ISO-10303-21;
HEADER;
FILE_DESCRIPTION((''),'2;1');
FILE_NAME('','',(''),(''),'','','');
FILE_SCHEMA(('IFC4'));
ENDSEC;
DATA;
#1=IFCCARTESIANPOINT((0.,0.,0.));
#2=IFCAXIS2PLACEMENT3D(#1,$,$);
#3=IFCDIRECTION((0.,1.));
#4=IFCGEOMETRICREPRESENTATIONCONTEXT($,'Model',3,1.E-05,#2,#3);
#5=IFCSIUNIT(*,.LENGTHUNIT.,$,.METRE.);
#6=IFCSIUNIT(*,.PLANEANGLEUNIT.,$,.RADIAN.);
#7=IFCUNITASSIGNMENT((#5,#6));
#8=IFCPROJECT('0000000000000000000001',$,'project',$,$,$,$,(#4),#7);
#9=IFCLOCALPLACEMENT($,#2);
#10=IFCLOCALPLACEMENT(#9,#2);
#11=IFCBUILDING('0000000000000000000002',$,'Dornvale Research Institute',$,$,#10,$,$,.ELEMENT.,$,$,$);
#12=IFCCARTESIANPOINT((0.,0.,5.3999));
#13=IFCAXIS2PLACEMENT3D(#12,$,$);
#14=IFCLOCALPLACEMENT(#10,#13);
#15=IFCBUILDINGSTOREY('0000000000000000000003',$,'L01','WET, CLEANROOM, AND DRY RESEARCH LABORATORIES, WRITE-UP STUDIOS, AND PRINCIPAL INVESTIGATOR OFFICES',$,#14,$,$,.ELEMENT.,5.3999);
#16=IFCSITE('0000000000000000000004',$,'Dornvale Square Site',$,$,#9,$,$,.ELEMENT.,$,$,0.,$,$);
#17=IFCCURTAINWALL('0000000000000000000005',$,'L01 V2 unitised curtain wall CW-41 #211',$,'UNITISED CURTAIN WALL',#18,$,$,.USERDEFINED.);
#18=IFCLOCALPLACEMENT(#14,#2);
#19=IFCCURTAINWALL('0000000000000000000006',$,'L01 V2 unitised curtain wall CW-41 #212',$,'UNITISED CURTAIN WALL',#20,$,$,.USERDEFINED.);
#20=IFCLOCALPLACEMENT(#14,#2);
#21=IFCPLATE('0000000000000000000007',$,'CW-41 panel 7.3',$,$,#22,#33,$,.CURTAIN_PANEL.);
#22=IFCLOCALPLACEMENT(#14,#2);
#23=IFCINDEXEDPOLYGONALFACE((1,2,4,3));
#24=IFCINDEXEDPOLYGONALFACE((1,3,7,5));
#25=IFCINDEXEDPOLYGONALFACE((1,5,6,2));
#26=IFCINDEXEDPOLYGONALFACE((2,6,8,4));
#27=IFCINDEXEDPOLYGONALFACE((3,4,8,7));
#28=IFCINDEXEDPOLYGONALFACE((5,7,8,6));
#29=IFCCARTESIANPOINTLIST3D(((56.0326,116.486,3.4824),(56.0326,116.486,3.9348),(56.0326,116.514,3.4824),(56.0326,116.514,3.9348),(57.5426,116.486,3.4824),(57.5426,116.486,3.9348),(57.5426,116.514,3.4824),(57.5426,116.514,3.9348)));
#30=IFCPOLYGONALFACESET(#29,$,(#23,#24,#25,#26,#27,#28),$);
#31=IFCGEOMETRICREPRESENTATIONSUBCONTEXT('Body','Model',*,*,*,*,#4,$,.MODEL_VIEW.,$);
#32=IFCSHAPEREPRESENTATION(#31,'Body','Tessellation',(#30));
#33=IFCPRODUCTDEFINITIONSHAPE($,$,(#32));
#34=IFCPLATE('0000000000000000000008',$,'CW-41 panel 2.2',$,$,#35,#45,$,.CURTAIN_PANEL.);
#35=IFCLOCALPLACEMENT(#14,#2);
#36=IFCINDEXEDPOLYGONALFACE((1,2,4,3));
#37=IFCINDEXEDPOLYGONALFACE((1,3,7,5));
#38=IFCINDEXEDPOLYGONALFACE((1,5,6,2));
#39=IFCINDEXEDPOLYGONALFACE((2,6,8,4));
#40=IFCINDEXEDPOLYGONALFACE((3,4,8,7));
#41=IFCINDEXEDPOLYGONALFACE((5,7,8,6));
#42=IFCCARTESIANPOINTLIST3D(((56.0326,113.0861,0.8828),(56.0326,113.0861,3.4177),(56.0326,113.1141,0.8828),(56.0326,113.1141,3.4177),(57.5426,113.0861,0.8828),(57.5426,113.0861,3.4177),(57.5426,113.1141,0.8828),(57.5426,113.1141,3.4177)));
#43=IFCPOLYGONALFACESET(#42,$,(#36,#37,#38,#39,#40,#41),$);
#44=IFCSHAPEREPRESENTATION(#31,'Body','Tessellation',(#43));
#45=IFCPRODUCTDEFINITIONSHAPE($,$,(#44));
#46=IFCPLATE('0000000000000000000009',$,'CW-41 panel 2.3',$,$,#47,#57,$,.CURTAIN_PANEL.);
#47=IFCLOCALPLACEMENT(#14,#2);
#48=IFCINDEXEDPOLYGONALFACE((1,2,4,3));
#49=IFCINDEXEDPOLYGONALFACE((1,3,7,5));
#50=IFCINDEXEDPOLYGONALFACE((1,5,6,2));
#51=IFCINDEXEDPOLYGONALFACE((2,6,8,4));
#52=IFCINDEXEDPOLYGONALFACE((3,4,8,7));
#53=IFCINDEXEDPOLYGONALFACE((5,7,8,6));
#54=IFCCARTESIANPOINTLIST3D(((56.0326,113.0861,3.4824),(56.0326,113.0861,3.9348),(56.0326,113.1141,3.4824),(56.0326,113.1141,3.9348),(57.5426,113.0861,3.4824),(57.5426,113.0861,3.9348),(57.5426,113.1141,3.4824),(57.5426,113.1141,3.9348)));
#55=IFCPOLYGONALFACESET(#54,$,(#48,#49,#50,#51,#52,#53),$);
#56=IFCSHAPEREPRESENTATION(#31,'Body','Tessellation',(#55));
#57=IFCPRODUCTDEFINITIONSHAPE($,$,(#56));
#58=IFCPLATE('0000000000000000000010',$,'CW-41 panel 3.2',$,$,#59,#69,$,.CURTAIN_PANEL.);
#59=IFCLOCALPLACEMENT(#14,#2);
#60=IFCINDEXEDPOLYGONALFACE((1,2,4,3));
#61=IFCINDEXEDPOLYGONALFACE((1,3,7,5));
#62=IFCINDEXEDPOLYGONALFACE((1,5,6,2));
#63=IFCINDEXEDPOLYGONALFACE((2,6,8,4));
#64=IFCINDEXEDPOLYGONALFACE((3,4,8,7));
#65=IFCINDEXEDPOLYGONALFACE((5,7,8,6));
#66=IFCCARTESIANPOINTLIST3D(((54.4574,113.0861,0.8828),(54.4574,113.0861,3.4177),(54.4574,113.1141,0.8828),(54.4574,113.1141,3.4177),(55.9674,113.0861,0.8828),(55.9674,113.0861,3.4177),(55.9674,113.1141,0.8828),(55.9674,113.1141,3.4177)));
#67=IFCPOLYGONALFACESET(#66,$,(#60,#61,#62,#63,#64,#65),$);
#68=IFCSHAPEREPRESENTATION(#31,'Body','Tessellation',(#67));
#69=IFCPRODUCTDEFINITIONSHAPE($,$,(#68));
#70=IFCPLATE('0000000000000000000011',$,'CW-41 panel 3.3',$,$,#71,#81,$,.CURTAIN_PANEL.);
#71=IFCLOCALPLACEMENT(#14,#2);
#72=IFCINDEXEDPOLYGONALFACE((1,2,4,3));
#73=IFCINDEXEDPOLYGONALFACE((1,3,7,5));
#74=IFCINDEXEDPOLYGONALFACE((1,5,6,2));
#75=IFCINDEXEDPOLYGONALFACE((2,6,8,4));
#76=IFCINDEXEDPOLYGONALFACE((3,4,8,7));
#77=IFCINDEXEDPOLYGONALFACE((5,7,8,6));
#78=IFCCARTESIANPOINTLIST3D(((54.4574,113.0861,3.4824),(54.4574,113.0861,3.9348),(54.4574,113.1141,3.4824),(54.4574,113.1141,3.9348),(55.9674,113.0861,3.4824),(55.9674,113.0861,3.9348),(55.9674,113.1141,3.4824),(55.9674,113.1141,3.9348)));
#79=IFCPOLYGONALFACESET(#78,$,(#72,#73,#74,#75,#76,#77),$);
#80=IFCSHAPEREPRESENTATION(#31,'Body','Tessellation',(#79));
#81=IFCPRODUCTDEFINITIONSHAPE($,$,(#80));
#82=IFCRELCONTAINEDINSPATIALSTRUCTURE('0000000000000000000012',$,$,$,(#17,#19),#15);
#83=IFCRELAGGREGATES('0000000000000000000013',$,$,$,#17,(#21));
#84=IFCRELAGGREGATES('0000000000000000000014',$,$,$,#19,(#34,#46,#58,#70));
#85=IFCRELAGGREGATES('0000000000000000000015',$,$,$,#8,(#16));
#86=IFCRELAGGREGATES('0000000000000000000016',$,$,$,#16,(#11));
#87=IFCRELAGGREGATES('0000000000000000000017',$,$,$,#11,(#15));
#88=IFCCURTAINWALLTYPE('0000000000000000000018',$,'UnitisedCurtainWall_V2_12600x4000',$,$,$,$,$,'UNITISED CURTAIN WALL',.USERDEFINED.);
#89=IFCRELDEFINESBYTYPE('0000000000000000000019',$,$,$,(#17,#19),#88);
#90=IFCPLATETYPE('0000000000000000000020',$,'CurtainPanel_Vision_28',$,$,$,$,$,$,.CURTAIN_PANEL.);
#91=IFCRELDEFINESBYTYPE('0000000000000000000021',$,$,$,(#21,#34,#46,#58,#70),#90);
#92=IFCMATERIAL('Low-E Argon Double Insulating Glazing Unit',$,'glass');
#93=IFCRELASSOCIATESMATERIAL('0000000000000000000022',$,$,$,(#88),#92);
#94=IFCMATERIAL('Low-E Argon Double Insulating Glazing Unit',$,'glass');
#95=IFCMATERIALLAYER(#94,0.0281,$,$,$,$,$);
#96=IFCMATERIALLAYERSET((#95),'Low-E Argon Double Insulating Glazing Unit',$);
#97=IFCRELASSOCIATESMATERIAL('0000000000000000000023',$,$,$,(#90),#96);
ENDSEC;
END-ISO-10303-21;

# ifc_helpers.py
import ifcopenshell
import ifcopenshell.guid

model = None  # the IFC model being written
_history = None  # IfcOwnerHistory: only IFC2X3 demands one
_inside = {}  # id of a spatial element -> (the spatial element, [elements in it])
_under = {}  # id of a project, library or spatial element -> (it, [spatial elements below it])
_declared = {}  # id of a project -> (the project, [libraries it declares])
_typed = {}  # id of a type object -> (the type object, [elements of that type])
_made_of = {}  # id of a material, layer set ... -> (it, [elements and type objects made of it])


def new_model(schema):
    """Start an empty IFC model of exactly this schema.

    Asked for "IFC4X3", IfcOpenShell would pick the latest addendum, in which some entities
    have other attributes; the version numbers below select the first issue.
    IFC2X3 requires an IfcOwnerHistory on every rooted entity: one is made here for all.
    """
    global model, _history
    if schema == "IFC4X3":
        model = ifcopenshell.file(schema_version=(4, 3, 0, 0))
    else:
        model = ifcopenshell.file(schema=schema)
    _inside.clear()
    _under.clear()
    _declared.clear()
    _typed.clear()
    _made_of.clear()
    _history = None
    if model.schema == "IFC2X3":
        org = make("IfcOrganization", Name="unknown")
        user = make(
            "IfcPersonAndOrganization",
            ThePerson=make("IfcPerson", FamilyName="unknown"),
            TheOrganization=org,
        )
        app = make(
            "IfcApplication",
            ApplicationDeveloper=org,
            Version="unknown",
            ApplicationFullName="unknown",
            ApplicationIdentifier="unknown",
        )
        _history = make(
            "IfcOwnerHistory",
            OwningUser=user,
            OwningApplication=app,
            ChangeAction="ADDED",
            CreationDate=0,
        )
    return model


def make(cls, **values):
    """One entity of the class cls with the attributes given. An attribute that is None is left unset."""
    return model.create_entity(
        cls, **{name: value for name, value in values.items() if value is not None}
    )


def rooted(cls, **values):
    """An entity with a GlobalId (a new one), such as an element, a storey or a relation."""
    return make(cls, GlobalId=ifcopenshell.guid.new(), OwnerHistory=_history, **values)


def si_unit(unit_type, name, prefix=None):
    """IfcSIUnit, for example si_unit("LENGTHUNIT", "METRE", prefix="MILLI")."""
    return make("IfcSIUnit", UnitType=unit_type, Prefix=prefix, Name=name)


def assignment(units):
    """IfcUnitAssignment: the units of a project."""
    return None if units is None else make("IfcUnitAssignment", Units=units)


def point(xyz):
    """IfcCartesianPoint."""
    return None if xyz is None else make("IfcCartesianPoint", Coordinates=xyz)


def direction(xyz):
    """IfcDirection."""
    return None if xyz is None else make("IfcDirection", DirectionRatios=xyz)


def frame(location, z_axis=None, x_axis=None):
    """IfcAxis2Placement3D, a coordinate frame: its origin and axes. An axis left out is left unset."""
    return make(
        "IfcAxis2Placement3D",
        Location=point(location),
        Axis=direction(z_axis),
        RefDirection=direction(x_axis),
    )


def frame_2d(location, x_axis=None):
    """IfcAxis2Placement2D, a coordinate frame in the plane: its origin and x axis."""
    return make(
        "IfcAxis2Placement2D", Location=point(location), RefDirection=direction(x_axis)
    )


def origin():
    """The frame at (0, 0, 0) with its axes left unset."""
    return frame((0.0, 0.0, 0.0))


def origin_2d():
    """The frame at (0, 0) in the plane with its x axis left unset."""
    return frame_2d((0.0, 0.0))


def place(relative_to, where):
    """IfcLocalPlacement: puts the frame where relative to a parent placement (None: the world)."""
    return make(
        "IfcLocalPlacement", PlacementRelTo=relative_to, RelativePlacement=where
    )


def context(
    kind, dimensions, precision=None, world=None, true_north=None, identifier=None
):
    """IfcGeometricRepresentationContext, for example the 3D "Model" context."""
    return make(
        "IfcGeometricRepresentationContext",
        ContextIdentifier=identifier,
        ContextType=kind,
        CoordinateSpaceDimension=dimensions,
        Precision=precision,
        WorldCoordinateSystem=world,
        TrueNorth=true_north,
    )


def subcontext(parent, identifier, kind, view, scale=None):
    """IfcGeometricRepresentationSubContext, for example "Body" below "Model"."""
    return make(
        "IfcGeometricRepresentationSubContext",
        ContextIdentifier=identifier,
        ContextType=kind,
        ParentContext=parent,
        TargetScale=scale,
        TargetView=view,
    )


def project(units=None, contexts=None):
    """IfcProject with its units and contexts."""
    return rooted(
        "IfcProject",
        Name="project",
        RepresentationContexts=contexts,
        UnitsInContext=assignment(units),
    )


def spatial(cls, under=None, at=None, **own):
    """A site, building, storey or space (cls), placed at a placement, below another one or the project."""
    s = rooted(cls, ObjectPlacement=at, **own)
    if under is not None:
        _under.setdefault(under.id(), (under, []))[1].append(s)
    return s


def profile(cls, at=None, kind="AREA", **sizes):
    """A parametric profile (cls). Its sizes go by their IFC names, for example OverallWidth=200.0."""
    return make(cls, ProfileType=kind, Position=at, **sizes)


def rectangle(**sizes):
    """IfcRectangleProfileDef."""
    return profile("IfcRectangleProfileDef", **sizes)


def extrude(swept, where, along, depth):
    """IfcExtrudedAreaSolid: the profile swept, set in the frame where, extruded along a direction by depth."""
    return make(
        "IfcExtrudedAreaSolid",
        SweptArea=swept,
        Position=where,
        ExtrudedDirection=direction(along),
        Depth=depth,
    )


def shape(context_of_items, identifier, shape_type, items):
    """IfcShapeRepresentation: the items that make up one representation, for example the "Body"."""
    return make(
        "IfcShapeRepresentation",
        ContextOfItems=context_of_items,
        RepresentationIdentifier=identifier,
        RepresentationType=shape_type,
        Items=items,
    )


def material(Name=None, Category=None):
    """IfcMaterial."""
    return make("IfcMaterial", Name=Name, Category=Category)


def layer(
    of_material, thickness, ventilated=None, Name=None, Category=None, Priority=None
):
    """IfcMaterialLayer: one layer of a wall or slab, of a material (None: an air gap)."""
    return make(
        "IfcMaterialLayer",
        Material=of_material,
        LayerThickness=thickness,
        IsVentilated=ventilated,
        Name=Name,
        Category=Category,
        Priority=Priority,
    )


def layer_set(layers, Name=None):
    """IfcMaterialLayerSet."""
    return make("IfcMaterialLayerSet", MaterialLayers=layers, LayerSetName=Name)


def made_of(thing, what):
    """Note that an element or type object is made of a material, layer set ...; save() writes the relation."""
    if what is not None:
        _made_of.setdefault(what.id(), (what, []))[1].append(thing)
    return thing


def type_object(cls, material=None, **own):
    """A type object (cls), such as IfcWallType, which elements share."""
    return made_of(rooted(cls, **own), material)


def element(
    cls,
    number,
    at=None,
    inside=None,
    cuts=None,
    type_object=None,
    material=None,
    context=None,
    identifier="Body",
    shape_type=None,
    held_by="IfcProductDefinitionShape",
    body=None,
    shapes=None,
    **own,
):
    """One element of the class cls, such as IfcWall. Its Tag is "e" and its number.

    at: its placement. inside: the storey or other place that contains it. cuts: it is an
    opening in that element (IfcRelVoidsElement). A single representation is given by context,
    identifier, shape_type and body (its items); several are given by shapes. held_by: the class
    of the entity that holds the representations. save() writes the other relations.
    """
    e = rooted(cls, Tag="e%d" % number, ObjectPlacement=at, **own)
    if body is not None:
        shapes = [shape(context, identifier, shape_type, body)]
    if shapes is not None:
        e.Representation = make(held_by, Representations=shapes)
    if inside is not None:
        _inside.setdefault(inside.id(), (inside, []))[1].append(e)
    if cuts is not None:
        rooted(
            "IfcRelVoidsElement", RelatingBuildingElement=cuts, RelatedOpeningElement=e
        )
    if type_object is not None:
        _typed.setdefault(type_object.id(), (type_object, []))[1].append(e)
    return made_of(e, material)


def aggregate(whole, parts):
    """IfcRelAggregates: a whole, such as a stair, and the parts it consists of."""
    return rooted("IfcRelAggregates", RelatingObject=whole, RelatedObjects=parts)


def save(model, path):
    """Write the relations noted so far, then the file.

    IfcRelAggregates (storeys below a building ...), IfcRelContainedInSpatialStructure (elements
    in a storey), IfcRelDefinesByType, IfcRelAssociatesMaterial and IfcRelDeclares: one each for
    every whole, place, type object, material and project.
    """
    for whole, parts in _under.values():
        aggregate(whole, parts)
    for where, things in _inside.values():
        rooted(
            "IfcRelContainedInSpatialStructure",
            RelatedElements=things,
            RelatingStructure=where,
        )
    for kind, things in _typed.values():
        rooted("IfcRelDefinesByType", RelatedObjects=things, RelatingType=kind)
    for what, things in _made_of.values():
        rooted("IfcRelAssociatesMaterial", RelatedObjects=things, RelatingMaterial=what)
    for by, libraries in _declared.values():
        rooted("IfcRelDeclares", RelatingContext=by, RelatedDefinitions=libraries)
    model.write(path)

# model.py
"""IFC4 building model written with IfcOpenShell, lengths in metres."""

from ifc_helpers import new_model, si_unit, direction, frame, origin, origin_2d, place, context, subcontext, project, spatial, rectangle, extrude, material, layer, layer_set, type_object, element, aggregate, save


model = new_model("IFC4")

# Units and contexts
model_context = context("Model", 3, precision=1e-05, world=origin(), true_north=direction((0.0, 1.0)))
body_context = subcontext(model_context, "Body", "Model", "MODEL_VIEW")
ifc_project = project(units=[si_unit("LENGTHUNIT", "METRE"), si_unit("PLANEANGLEUNIT", "RADIAN")], contexts=[model_context])

# Site, building, storey
site_placement = place(None, origin())
site = spatial("IfcSite", under=ifc_project, at=site_placement, Name="Dornvale Square Site", CompositionType="ELEMENT", RefElevation=0.0)
building_placement = place(site_placement, origin())
building = spatial("IfcBuilding", under=site, at=building_placement, Name="Dornvale Research Institute", CompositionType="ELEMENT")
storey_placement = place(building_placement, frame((0.0, 0.0, 5.3999)))
storey = spatial("IfcBuildingStorey", under=building, at=storey_placement, Name="L01", Description="WET, CLEANROOM, AND DRY RESEARCH LABORATORIES, WRITE-UP STUDIOS, AND PRINCIPAL INVESTIGATOR OFFICES", CompositionType="ELEMENT", Elevation=5.3999)

# Curtain walls
ifc_material_1 = material(Name="Low-E Argon Double Insulating Glazing Unit", Category="glass")
curtain_wall_type = type_object("IfcCurtainWallType", Name="UnitisedCurtainWall_V2_12600x4000", ElementType="UNITISED CURTAIN WALL", PredefinedType="USERDEFINED", material=ifc_material_1)
curtain_wall_1_placement = place(storey_placement, origin())
curtain_wall_1 = element("IfcCurtainWall", 1, at=curtain_wall_1_placement, inside=storey, type_object=curtain_wall_type, Name="L01 V2 unitised curtain wall CW-41 #211", ObjectType="UNITISED CURTAIN WALL", PredefinedType="USERDEFINED")
curtain_wall_2_placement = place(storey_placement, origin())
curtain_wall_2 = element("IfcCurtainWall", 2, at=curtain_wall_2_placement, inside=storey, type_object=curtain_wall_type, Name="L01 V2 unitised curtain wall CW-41 #212", ObjectType="UNITISED CURTAIN WALL", PredefinedType="USERDEFINED")

# Plates
ifc_material_2 = material(Name="Low-E Argon Double Insulating Glazing Unit", Category="glass")
ifc_layer_1 = layer(ifc_material_2, 0.0281)
ifc_layer_set_1 = layer_set([ifc_layer_1], Name="Low-E Argon Double Insulating Glazing Unit")
plate_type_1 = type_object("IfcPlateType", Name="CurtainPanel_Vision_28", PredefinedType="CURTAIN_PANEL", material=ifc_layer_set_1)
plate_1_placement = place(storey_placement, frame((56.7876, 116.5, 3.4824), z_axis=(0.0, 0.0, 1.0), x_axis=(1.0, 0.0, 0.0)))
plate_1 = element("IfcPlate", 3, at=plate_1_placement, type_object=plate_type_1, Name="CW-41 panel 7.3", PredefinedType="CURTAIN_PANEL", context=body_context, shape_type="SweptSolid", body=[
    extrude(rectangle(XDim=1.51, YDim=0.0281, at=origin_2d()), origin(), (0.0, 0.0, 1.0), 0.4524),
])
aggregate(curtain_wall_1, [plate_1])
plate_2_placement = place(storey_placement, frame((56.7876, 113.1001, 0.8828), z_axis=(0.0, 0.0, 1.0), x_axis=(-1.0, 0.0, 0.0)))
plate_2 = element("IfcPlate", 4, at=plate_2_placement, type_object=plate_type_1, Name="CW-41 panel 2.2", PredefinedType="CURTAIN_PANEL", context=body_context, shape_type="SweptSolid", body=[
    extrude(rectangle(XDim=1.51, YDim=0.0281, at=origin_2d()), origin(), (0.0, 0.0, 1.0), 2.5349),
])
plate_3_placement = place(storey_placement, frame((56.7876, 113.1001, 3.4824), z_axis=(0.0, 0.0, 1.0), x_axis=(-1.0, 0.0, 0.0)))
plate_3 = element("IfcPlate", 5, at=plate_3_placement, type_object=plate_type_1, Name="CW-41 panel 2.3", PredefinedType="CURTAIN_PANEL", context=body_context, shape_type="SweptSolid", body=[
    extrude(rectangle(XDim=1.51, YDim=0.0281, at=origin_2d()), origin(), (0.0, 0.0, 1.0), 0.4524),
])
plate_4_placement = place(storey_placement, frame((55.2124, 113.1001, 0.8828), z_axis=(0.0, 0.0, 1.0), x_axis=(-1.0, 0.0, 0.0)))
plate_4 = element("IfcPlate", 6, at=plate_4_placement, type_object=plate_type_1, Name="CW-41 panel 3.2", PredefinedType="CURTAIN_PANEL", context=body_context, shape_type="SweptSolid", body=[
    extrude(rectangle(XDim=1.51, YDim=0.0281, at=origin_2d()), origin(), (0.0, 0.0, 1.0), 2.5349),
])
plate_5_placement = place(storey_placement, frame((55.2124, 113.1001, 3.4824), z_axis=(0.0, 0.0, 1.0), x_axis=(-1.0, 0.0, 0.0)))
plate_5 = element("IfcPlate", 7, at=plate_5_placement, type_object=plate_type_1, Name="CW-41 panel 3.3", PredefinedType="CURTAIN_PANEL", context=body_context, shape_type="SweptSolid", body=[
    extrude(rectangle(XDim=1.51, YDim=0.0281, at=origin_2d()), origin(), (0.0, 0.0, 1.0), 0.4524),
])
aggregate(curtain_wall_2, [plate_2, plate_3, plate_4, plate_5])

save(model, "model.ifc")
